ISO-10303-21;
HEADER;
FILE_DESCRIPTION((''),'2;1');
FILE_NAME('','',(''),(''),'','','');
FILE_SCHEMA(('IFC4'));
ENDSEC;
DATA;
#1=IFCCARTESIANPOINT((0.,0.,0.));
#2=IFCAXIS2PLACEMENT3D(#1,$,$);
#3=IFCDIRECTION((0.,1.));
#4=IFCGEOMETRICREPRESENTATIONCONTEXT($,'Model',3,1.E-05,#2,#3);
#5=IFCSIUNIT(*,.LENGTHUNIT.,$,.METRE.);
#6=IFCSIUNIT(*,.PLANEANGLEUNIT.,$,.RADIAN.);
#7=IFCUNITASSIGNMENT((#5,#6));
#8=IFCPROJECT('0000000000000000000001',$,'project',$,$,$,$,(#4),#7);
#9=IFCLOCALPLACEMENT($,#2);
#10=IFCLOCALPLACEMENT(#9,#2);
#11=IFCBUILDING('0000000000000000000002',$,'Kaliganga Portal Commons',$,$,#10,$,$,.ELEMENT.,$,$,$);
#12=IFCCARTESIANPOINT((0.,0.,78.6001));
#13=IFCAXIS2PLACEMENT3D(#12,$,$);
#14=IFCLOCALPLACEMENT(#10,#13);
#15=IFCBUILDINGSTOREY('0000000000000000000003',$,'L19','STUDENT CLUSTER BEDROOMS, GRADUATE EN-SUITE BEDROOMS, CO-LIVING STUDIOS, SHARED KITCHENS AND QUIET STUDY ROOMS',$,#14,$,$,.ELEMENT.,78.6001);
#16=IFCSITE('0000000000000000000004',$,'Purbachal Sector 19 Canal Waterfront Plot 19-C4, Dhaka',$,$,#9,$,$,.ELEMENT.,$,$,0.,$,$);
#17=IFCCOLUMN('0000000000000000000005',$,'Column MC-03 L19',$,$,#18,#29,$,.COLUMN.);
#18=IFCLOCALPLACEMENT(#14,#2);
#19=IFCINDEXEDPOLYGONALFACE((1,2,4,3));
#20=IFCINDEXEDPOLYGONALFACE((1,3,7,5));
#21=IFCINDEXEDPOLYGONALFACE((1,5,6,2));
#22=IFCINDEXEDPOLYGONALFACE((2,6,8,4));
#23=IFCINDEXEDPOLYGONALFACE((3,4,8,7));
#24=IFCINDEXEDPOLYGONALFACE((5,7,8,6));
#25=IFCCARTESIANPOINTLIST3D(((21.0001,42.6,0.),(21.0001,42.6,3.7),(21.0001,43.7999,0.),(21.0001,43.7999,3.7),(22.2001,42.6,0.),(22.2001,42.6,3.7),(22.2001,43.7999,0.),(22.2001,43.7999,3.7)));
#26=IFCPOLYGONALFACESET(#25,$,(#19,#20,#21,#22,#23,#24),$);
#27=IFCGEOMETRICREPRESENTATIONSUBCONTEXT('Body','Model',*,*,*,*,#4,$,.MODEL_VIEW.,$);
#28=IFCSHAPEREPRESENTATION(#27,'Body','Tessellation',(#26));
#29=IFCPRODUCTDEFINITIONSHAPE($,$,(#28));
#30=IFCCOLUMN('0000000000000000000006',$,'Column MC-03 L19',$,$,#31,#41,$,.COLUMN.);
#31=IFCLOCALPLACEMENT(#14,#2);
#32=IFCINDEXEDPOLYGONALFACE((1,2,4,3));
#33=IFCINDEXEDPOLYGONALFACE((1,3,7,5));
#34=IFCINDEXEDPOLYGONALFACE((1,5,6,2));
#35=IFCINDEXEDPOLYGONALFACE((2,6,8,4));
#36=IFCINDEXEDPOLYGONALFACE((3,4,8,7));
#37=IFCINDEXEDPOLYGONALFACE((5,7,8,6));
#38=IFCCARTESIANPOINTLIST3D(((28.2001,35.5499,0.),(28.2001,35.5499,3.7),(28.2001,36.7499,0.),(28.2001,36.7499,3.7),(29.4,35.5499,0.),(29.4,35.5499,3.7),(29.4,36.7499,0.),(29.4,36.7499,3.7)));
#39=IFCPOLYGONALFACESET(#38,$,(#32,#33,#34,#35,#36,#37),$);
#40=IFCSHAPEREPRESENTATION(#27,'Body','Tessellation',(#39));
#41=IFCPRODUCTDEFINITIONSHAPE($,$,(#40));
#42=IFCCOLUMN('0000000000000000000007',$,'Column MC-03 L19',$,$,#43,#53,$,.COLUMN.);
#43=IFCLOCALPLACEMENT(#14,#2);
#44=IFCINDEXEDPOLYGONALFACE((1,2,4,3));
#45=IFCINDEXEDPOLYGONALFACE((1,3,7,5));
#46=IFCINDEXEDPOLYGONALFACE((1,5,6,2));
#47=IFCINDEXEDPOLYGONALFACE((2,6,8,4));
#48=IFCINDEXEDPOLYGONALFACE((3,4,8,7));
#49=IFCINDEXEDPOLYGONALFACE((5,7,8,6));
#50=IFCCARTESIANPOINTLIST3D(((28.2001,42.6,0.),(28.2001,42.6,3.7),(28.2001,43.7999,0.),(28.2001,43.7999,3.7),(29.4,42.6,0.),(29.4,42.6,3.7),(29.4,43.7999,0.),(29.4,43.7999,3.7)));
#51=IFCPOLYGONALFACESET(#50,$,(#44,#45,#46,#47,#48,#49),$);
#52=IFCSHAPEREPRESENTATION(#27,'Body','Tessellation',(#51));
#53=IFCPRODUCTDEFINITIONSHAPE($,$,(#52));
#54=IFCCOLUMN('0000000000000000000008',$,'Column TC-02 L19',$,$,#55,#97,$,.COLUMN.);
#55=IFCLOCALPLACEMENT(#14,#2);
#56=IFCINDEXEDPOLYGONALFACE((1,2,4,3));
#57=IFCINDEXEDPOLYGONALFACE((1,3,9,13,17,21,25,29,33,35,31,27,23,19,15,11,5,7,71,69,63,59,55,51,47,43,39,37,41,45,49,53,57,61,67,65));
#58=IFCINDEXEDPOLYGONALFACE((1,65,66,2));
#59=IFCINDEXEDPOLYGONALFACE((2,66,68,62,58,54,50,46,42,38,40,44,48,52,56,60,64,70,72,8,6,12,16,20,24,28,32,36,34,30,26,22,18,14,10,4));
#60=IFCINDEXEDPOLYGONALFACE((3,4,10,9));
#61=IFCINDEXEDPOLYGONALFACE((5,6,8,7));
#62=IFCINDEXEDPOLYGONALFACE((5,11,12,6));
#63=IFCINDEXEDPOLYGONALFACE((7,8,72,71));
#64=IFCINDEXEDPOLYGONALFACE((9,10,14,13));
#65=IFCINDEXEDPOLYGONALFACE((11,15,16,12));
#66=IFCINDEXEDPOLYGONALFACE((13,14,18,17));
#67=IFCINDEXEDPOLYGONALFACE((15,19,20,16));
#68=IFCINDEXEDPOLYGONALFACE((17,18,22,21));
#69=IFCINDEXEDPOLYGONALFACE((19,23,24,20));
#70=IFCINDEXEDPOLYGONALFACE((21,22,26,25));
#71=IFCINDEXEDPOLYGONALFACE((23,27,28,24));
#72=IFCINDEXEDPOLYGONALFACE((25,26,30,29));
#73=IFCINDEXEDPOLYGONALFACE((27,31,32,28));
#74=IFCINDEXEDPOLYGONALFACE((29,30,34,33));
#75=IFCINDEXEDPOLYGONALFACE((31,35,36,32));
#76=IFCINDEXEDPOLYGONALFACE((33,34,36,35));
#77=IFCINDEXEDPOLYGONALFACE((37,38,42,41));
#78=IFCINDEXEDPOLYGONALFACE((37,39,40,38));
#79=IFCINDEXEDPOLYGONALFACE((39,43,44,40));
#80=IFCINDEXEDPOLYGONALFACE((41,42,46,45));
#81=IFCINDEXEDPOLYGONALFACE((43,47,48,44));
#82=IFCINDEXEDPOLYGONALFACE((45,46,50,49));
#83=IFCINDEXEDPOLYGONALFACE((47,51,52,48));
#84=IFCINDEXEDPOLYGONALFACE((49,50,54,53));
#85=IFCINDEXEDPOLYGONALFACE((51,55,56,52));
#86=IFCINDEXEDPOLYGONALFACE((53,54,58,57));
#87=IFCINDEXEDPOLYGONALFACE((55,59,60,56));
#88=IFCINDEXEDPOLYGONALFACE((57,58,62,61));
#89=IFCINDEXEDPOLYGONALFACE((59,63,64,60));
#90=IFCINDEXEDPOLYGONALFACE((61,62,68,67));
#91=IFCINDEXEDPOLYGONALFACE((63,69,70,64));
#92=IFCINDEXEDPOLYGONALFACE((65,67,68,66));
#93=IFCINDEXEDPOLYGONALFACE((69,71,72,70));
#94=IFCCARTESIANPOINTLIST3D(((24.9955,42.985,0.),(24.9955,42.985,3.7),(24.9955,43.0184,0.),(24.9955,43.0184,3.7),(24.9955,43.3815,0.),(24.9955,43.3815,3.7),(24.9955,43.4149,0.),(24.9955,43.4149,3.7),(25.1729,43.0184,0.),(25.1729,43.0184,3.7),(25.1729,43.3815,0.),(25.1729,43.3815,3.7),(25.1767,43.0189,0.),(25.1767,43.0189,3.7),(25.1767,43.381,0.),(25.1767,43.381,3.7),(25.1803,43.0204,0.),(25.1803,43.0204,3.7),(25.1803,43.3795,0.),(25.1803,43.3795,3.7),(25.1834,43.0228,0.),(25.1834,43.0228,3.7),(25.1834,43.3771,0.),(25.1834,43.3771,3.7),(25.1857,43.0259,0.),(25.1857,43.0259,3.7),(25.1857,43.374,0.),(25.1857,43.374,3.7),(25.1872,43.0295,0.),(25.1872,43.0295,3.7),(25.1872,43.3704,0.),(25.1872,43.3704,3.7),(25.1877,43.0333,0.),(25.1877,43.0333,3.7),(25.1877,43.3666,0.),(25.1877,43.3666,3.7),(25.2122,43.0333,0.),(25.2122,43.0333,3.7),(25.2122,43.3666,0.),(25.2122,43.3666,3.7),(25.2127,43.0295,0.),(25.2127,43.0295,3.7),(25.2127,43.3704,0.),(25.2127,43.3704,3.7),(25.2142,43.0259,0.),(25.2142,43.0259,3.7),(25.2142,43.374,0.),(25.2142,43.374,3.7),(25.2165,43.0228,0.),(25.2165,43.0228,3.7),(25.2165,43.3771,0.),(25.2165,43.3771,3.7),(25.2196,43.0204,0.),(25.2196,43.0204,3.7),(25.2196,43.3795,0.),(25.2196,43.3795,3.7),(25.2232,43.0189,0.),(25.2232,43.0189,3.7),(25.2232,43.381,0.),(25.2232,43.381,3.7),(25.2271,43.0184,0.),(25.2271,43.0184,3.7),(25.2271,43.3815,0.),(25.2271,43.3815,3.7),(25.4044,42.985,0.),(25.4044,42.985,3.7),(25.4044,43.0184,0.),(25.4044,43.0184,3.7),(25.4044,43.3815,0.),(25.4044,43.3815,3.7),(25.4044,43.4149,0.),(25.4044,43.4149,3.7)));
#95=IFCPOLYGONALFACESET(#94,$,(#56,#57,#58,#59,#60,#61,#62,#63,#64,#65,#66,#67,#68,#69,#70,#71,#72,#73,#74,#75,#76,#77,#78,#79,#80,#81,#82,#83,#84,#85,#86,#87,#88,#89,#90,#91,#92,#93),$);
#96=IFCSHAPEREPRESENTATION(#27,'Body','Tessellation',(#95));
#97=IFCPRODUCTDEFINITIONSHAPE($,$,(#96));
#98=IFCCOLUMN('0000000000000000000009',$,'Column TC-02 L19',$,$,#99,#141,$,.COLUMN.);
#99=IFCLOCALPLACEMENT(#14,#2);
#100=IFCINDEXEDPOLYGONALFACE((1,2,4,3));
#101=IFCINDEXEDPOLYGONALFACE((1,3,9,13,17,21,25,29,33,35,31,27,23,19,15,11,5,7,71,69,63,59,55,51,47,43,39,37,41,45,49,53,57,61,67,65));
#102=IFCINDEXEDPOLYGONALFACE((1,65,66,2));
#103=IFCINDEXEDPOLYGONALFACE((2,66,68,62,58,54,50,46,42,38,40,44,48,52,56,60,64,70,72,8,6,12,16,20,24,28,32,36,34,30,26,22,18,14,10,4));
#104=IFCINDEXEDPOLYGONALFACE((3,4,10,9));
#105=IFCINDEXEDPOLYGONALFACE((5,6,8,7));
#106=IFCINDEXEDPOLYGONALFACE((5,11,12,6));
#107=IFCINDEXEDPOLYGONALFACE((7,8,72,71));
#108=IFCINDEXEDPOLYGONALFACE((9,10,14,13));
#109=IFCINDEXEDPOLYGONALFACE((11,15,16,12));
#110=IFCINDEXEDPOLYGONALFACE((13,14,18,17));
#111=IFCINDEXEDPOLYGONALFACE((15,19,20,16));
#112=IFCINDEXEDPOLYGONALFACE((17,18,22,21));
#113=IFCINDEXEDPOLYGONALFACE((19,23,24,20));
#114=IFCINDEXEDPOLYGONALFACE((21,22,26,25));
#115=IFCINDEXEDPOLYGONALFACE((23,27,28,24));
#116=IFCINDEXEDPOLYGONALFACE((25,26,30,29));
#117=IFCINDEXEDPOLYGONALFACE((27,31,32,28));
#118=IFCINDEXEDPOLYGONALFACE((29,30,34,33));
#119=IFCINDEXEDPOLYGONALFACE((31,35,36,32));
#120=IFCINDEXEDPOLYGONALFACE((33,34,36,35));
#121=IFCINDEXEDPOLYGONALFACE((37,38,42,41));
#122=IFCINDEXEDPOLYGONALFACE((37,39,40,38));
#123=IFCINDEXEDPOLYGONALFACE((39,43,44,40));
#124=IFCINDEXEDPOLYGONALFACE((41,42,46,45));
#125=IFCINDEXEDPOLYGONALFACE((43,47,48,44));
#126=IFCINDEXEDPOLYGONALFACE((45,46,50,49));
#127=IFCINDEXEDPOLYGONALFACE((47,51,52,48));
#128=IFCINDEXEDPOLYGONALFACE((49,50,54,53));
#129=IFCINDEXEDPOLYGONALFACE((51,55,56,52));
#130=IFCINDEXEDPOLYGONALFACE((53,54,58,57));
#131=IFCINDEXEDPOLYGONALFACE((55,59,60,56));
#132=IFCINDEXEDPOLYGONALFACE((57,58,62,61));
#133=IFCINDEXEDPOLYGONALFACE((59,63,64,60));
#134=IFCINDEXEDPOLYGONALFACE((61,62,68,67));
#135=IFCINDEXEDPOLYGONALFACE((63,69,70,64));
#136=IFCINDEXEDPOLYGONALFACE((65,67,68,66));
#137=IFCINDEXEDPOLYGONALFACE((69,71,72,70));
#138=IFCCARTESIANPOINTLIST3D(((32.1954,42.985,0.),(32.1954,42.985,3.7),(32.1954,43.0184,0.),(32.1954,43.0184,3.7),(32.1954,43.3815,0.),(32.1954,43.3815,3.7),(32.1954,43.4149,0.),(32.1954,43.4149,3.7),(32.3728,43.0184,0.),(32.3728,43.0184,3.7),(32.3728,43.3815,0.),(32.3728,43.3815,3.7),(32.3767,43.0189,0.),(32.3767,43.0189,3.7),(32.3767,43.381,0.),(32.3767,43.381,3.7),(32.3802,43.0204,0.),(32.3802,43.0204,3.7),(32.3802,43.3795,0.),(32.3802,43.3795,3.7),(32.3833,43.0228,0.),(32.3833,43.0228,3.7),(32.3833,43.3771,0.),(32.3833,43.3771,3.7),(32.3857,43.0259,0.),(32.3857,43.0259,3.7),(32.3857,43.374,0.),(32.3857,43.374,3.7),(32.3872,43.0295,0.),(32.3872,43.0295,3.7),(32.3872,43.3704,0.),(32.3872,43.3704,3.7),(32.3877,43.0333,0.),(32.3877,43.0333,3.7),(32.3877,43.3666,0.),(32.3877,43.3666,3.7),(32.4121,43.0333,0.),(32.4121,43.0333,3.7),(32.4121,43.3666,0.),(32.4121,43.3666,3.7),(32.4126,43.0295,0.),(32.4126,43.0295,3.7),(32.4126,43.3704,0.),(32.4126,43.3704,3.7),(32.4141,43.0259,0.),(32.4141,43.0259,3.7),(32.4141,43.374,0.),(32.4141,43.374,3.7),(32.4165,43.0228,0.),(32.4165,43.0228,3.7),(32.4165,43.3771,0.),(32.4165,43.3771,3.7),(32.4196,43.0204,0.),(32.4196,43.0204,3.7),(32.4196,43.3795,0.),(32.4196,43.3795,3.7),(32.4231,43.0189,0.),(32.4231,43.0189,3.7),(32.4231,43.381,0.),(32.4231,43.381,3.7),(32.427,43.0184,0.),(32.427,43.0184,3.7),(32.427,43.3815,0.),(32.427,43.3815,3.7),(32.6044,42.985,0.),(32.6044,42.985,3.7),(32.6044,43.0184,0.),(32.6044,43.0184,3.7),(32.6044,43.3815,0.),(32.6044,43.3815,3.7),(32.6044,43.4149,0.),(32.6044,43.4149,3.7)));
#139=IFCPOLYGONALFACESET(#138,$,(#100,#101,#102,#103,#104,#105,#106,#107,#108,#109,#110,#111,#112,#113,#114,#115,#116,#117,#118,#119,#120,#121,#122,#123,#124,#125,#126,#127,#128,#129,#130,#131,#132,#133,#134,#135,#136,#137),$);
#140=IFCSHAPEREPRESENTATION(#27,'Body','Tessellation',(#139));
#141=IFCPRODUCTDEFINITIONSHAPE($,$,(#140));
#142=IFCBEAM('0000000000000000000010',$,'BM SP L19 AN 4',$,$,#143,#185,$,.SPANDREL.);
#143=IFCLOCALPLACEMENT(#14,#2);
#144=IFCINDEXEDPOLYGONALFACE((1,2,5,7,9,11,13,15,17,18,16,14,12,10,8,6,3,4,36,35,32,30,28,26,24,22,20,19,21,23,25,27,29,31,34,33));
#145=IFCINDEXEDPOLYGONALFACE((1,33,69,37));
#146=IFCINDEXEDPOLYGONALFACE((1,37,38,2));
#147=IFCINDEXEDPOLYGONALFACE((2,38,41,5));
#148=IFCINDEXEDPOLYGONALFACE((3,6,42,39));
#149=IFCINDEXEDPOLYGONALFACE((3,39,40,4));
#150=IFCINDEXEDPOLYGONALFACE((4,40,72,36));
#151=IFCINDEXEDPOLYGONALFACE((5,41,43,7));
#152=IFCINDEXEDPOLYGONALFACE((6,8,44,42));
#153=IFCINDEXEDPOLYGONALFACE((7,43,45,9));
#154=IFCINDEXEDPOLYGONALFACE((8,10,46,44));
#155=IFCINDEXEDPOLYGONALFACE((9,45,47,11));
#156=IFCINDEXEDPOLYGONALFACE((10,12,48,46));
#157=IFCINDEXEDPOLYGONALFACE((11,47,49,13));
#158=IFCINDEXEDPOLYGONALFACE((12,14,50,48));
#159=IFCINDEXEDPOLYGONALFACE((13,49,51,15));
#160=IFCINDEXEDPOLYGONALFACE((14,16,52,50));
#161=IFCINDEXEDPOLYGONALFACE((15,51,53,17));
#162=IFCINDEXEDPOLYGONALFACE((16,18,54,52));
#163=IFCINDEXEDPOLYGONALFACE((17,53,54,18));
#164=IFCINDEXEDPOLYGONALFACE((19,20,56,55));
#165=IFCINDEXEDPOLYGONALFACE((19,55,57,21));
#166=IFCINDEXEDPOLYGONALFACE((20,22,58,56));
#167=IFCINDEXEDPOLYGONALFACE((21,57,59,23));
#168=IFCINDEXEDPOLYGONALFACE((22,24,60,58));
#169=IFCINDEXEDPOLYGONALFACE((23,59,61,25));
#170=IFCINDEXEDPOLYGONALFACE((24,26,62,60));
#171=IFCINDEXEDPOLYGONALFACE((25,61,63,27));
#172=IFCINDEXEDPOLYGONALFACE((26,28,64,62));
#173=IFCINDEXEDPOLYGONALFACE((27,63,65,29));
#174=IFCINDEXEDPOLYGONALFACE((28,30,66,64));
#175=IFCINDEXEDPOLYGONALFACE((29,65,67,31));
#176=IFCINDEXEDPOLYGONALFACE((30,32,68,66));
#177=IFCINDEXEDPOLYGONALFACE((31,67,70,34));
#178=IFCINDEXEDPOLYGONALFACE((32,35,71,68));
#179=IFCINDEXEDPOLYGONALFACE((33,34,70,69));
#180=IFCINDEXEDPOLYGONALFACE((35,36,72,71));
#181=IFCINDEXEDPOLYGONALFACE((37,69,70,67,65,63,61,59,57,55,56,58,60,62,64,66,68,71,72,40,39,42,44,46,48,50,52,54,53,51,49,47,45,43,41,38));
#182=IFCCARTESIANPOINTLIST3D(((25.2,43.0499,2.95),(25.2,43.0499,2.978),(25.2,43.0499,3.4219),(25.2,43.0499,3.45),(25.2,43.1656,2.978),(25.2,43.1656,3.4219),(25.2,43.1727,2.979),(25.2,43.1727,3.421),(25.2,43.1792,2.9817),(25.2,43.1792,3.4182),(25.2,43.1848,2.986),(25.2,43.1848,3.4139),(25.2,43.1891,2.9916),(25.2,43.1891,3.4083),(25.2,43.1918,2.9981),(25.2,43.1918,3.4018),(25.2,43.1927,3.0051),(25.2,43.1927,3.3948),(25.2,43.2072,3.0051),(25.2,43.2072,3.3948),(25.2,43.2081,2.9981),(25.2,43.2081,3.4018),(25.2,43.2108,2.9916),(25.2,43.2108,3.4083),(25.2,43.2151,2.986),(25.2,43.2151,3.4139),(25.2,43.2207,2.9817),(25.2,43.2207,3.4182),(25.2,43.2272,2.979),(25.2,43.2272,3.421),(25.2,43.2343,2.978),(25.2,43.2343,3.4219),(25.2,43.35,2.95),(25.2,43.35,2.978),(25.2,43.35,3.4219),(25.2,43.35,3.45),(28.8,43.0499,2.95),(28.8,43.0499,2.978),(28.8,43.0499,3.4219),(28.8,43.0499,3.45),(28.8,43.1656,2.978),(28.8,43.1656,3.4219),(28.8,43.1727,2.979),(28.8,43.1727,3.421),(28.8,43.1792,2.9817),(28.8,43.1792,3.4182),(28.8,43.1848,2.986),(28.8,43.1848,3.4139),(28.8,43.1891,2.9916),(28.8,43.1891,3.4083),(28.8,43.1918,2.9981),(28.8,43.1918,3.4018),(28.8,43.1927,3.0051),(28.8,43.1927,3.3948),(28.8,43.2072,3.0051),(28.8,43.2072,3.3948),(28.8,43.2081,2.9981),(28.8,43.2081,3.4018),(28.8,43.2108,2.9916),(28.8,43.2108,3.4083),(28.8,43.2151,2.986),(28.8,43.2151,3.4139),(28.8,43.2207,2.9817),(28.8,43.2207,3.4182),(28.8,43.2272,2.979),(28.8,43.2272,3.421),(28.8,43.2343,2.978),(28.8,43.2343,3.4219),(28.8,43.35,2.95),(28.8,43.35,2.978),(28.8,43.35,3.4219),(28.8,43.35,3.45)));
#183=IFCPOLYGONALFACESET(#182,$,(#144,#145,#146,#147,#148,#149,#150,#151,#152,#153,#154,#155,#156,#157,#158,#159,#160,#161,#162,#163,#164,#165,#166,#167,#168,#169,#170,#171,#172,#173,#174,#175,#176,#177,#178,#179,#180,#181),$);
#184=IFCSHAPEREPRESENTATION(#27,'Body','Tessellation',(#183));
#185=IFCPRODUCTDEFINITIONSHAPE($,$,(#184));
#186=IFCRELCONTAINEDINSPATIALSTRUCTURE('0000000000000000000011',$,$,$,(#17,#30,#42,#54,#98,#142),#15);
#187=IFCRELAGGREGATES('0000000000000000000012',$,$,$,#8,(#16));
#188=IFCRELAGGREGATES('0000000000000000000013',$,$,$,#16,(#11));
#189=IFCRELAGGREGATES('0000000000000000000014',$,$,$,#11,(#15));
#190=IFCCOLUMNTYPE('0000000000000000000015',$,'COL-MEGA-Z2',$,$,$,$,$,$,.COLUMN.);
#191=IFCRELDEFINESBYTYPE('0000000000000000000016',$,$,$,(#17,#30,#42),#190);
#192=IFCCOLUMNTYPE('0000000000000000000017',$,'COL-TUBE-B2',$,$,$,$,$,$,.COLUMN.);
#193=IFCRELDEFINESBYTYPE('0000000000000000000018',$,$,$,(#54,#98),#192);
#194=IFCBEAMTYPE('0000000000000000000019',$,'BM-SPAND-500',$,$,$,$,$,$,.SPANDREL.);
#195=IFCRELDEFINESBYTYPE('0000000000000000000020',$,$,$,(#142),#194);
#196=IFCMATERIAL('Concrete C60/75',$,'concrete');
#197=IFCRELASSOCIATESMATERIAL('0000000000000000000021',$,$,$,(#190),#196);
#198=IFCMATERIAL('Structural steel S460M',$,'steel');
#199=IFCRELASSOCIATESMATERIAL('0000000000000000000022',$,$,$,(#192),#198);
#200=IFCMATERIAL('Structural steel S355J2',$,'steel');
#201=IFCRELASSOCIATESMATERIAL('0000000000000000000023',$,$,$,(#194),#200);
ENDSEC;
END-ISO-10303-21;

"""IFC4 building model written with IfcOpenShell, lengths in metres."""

from ifc_helpers import new_model, si_unit, direction, frame, origin, origin_2d, place, context, subcontext, project, spatial, rectangle, i_section, extrude, source, transform, mapped, material, material_profile, profile_set, type_object, element, save


model = new_model("IFC4")

# Units and contexts
model_context = context("Model", 3, precision=1e-05, world=origin(), true_north=direction((0.0, 1.0)))
body_context = subcontext(model_context, "Body", "Model", "MODEL_VIEW")
ifc_project = project(units=[si_unit("LENGTHUNIT", "METRE"), si_unit("PLANEANGLEUNIT", "RADIAN")], contexts=[model_context])

# Site, building, storey
site_placement = place(None, origin())
site = spatial("IfcSite", under=ifc_project, at=site_placement, Name="Purbachal Sector 19 Canal Waterfront Plot 19-C4, Dhaka", CompositionType="ELEMENT", RefElevation=0.0)
building_placement = place(site_placement, origin())
building = spatial("IfcBuilding", under=site, at=building_placement, Name="Kaliganga Portal Commons", CompositionType="ELEMENT")
storey_placement = place(building_placement, frame((0.0, 0.0, 78.6001)))
storey = spatial("IfcBuildingStorey", under=building, at=storey_placement, Name="L19", Description="STUDENT CLUSTER BEDROOMS, GRADUATE EN-SUITE BEDROOMS, CO-LIVING STUDIOS, SHARED KITCHENS AND QUIET STUDY ROOMS", CompositionType="ELEMENT", Elevation=78.6001)

# Columns
ifc_material_1 = material(Name="Concrete C60/75", Category="concrete")
ifc_material_profile_1 = material_profile(ifc_material_1, rectangle(XDim=1.2, YDim=1.2, at=origin_2d()), Name="RC 1200x1200")
ifc_profile_set_1 = profile_set([ifc_material_profile_1], Name="Concrete C60/75")
column_type_1 = type_object("IfcColumnType", Name="COL-MEGA-Z2", PredefinedType="COLUMN", material=ifc_profile_set_1)
shared_shape_1 = source(origin(), body_context, "Body", "SweptSolid", [
    extrude(rectangle(XDim=1.2, YDim=1.2, at=origin_2d()), origin(), (0.0, 0.0, 1.0), 3.7),
])
for number, where, z_axis, x_axis, name in (
    (1, (21.6001, 43.2, 0.0), (0.0, 0.0, 1.0), (1.0, 0.0, 0.0), "Column MC-03 L19"),
    (2, (28.8, 36.1499, 0.0), (0.0, 0.0, 1.0), (1.0, 0.0, 0.0), "Column MC-03 L19"),
    (3, (28.8, 43.2, 0.0), (0.0, 0.0, 1.0), (1.0, 0.0, 0.0), "Column MC-03 L19"),
):
    element("IfcColumn", number, at=place(storey_placement, frame(where, z_axis=z_axis, x_axis=x_axis)), inside=storey, type_object=column_type_1, Name=name, PredefinedType="COLUMN", context=body_context, shape_type="MappedRepresentation", body=[
        mapped(shared_shape_1, transform((0.0, 0.0, 0.0), x_axis=(1.0, 0.0, 0.0), y_axis=(0.0, 1.0, 0.0), z_axis=(0.0, 0.0, 1.0), scale=1.0)),
    ])
ifc_material_2 = material(Name="Structural steel S460M", Category="steel")
ifc_material_profile_2 = material_profile(ifc_material_2, i_section(OverallWidth=0.4089, OverallDepth=0.4299, WebThickness=0.0244, FlangeThickness=0.0334, FilletRadius=0.0149, at=origin_2d()), Name="HD 400x421")
ifc_profile_set_2 = profile_set([ifc_material_profile_2], Name="Structural steel S460M wide-flange")
column_type_2 = type_object("IfcColumnType", Name="COL-TUBE-B2", PredefinedType="COLUMN", material=ifc_profile_set_2)
shared_shape_2 = source(origin(), body_context, "Body", "SweptSolid", [
    extrude(i_section(OverallWidth=0.4089, OverallDepth=0.4299, WebThickness=0.0244, FlangeThickness=0.0334, FilletRadius=0.0149, at=origin_2d()), origin(), (0.0, 0.0, 1.0), 3.7),
])
for number, where, z_axis, x_axis, name in (
    (4, (25.2, 43.2, 0.0), (0.0, 0.0, 1.0), (1.0, 0.0, 0.0), "Column TC-02 L19"),
    (5, (32.3999, 43.2, 0.0), (0.0, 0.0, 1.0), (1.0, 0.0, 0.0), "Column TC-02 L19"),
):
    element("IfcColumn", number, at=place(storey_placement, frame(where, z_axis=z_axis, x_axis=x_axis)), inside=storey, type_object=column_type_2, Name=name, PredefinedType="COLUMN", context=body_context, shape_type="MappedRepresentation", body=[
        mapped(shared_shape_2, transform((0.0, 0.0, 0.0), x_axis=(1.0, 0.0, 0.0), y_axis=(0.0, 1.0, 0.0), z_axis=(0.0, 0.0, 1.0), scale=1.0)),
    ])

# Beam
ifc_material_3 = material(Name="Structural steel S355J2", Category="steel")
ifc_material_profile_3 = material_profile(ifc_material_3, i_section(OverallWidth=0.3, OverallDepth=0.5, WebThickness=0.0144, FlangeThickness=0.0281, FilletRadius=0.0271, at=origin_2d()), Name="HE 500 B")
ifc_profile_set_3 = profile_set([ifc_material_profile_3], Name="Structural steel S355J2 wide-flange")
beam_type_1 = type_object("IfcBeamType", Name="BM-SPAND-500", PredefinedType="SPANDREL", material=ifc_profile_set_3)
shared_shape_3 = source(origin(), body_context, "Body", "SweptSolid", [
    extrude(i_section(OverallWidth=0.3, OverallDepth=0.5, WebThickness=0.0144, FlangeThickness=0.0281, FilletRadius=0.0271, at=origin_2d()), origin(), (0.0, 0.0, 1.0), 3.6001),
])
for number, where, z_axis, x_axis, name in (
    (6, (25.2, 43.2, 3.2), (1.0, 0.0, 0.0), (0.0, 1.0, 0.0), "BM SP L19 AN 4"),
):
    element("IfcBeam", number, at=place(storey_placement, frame(where, z_axis=z_axis, x_axis=x_axis)), inside=storey, type_object=beam_type_1, Name=name, PredefinedType="SPANDREL", context=body_context, shape_type="MappedRepresentation", body=[
        mapped(shared_shape_3, transform((0.0, 0.0, 0.0), x_axis=(1.0, 0.0, 0.0), y_axis=(0.0, 1.0, 0.0), z_axis=(0.0, 0.0, 1.0), scale=1.0)),
    ])

save(model, "model.ifc")
